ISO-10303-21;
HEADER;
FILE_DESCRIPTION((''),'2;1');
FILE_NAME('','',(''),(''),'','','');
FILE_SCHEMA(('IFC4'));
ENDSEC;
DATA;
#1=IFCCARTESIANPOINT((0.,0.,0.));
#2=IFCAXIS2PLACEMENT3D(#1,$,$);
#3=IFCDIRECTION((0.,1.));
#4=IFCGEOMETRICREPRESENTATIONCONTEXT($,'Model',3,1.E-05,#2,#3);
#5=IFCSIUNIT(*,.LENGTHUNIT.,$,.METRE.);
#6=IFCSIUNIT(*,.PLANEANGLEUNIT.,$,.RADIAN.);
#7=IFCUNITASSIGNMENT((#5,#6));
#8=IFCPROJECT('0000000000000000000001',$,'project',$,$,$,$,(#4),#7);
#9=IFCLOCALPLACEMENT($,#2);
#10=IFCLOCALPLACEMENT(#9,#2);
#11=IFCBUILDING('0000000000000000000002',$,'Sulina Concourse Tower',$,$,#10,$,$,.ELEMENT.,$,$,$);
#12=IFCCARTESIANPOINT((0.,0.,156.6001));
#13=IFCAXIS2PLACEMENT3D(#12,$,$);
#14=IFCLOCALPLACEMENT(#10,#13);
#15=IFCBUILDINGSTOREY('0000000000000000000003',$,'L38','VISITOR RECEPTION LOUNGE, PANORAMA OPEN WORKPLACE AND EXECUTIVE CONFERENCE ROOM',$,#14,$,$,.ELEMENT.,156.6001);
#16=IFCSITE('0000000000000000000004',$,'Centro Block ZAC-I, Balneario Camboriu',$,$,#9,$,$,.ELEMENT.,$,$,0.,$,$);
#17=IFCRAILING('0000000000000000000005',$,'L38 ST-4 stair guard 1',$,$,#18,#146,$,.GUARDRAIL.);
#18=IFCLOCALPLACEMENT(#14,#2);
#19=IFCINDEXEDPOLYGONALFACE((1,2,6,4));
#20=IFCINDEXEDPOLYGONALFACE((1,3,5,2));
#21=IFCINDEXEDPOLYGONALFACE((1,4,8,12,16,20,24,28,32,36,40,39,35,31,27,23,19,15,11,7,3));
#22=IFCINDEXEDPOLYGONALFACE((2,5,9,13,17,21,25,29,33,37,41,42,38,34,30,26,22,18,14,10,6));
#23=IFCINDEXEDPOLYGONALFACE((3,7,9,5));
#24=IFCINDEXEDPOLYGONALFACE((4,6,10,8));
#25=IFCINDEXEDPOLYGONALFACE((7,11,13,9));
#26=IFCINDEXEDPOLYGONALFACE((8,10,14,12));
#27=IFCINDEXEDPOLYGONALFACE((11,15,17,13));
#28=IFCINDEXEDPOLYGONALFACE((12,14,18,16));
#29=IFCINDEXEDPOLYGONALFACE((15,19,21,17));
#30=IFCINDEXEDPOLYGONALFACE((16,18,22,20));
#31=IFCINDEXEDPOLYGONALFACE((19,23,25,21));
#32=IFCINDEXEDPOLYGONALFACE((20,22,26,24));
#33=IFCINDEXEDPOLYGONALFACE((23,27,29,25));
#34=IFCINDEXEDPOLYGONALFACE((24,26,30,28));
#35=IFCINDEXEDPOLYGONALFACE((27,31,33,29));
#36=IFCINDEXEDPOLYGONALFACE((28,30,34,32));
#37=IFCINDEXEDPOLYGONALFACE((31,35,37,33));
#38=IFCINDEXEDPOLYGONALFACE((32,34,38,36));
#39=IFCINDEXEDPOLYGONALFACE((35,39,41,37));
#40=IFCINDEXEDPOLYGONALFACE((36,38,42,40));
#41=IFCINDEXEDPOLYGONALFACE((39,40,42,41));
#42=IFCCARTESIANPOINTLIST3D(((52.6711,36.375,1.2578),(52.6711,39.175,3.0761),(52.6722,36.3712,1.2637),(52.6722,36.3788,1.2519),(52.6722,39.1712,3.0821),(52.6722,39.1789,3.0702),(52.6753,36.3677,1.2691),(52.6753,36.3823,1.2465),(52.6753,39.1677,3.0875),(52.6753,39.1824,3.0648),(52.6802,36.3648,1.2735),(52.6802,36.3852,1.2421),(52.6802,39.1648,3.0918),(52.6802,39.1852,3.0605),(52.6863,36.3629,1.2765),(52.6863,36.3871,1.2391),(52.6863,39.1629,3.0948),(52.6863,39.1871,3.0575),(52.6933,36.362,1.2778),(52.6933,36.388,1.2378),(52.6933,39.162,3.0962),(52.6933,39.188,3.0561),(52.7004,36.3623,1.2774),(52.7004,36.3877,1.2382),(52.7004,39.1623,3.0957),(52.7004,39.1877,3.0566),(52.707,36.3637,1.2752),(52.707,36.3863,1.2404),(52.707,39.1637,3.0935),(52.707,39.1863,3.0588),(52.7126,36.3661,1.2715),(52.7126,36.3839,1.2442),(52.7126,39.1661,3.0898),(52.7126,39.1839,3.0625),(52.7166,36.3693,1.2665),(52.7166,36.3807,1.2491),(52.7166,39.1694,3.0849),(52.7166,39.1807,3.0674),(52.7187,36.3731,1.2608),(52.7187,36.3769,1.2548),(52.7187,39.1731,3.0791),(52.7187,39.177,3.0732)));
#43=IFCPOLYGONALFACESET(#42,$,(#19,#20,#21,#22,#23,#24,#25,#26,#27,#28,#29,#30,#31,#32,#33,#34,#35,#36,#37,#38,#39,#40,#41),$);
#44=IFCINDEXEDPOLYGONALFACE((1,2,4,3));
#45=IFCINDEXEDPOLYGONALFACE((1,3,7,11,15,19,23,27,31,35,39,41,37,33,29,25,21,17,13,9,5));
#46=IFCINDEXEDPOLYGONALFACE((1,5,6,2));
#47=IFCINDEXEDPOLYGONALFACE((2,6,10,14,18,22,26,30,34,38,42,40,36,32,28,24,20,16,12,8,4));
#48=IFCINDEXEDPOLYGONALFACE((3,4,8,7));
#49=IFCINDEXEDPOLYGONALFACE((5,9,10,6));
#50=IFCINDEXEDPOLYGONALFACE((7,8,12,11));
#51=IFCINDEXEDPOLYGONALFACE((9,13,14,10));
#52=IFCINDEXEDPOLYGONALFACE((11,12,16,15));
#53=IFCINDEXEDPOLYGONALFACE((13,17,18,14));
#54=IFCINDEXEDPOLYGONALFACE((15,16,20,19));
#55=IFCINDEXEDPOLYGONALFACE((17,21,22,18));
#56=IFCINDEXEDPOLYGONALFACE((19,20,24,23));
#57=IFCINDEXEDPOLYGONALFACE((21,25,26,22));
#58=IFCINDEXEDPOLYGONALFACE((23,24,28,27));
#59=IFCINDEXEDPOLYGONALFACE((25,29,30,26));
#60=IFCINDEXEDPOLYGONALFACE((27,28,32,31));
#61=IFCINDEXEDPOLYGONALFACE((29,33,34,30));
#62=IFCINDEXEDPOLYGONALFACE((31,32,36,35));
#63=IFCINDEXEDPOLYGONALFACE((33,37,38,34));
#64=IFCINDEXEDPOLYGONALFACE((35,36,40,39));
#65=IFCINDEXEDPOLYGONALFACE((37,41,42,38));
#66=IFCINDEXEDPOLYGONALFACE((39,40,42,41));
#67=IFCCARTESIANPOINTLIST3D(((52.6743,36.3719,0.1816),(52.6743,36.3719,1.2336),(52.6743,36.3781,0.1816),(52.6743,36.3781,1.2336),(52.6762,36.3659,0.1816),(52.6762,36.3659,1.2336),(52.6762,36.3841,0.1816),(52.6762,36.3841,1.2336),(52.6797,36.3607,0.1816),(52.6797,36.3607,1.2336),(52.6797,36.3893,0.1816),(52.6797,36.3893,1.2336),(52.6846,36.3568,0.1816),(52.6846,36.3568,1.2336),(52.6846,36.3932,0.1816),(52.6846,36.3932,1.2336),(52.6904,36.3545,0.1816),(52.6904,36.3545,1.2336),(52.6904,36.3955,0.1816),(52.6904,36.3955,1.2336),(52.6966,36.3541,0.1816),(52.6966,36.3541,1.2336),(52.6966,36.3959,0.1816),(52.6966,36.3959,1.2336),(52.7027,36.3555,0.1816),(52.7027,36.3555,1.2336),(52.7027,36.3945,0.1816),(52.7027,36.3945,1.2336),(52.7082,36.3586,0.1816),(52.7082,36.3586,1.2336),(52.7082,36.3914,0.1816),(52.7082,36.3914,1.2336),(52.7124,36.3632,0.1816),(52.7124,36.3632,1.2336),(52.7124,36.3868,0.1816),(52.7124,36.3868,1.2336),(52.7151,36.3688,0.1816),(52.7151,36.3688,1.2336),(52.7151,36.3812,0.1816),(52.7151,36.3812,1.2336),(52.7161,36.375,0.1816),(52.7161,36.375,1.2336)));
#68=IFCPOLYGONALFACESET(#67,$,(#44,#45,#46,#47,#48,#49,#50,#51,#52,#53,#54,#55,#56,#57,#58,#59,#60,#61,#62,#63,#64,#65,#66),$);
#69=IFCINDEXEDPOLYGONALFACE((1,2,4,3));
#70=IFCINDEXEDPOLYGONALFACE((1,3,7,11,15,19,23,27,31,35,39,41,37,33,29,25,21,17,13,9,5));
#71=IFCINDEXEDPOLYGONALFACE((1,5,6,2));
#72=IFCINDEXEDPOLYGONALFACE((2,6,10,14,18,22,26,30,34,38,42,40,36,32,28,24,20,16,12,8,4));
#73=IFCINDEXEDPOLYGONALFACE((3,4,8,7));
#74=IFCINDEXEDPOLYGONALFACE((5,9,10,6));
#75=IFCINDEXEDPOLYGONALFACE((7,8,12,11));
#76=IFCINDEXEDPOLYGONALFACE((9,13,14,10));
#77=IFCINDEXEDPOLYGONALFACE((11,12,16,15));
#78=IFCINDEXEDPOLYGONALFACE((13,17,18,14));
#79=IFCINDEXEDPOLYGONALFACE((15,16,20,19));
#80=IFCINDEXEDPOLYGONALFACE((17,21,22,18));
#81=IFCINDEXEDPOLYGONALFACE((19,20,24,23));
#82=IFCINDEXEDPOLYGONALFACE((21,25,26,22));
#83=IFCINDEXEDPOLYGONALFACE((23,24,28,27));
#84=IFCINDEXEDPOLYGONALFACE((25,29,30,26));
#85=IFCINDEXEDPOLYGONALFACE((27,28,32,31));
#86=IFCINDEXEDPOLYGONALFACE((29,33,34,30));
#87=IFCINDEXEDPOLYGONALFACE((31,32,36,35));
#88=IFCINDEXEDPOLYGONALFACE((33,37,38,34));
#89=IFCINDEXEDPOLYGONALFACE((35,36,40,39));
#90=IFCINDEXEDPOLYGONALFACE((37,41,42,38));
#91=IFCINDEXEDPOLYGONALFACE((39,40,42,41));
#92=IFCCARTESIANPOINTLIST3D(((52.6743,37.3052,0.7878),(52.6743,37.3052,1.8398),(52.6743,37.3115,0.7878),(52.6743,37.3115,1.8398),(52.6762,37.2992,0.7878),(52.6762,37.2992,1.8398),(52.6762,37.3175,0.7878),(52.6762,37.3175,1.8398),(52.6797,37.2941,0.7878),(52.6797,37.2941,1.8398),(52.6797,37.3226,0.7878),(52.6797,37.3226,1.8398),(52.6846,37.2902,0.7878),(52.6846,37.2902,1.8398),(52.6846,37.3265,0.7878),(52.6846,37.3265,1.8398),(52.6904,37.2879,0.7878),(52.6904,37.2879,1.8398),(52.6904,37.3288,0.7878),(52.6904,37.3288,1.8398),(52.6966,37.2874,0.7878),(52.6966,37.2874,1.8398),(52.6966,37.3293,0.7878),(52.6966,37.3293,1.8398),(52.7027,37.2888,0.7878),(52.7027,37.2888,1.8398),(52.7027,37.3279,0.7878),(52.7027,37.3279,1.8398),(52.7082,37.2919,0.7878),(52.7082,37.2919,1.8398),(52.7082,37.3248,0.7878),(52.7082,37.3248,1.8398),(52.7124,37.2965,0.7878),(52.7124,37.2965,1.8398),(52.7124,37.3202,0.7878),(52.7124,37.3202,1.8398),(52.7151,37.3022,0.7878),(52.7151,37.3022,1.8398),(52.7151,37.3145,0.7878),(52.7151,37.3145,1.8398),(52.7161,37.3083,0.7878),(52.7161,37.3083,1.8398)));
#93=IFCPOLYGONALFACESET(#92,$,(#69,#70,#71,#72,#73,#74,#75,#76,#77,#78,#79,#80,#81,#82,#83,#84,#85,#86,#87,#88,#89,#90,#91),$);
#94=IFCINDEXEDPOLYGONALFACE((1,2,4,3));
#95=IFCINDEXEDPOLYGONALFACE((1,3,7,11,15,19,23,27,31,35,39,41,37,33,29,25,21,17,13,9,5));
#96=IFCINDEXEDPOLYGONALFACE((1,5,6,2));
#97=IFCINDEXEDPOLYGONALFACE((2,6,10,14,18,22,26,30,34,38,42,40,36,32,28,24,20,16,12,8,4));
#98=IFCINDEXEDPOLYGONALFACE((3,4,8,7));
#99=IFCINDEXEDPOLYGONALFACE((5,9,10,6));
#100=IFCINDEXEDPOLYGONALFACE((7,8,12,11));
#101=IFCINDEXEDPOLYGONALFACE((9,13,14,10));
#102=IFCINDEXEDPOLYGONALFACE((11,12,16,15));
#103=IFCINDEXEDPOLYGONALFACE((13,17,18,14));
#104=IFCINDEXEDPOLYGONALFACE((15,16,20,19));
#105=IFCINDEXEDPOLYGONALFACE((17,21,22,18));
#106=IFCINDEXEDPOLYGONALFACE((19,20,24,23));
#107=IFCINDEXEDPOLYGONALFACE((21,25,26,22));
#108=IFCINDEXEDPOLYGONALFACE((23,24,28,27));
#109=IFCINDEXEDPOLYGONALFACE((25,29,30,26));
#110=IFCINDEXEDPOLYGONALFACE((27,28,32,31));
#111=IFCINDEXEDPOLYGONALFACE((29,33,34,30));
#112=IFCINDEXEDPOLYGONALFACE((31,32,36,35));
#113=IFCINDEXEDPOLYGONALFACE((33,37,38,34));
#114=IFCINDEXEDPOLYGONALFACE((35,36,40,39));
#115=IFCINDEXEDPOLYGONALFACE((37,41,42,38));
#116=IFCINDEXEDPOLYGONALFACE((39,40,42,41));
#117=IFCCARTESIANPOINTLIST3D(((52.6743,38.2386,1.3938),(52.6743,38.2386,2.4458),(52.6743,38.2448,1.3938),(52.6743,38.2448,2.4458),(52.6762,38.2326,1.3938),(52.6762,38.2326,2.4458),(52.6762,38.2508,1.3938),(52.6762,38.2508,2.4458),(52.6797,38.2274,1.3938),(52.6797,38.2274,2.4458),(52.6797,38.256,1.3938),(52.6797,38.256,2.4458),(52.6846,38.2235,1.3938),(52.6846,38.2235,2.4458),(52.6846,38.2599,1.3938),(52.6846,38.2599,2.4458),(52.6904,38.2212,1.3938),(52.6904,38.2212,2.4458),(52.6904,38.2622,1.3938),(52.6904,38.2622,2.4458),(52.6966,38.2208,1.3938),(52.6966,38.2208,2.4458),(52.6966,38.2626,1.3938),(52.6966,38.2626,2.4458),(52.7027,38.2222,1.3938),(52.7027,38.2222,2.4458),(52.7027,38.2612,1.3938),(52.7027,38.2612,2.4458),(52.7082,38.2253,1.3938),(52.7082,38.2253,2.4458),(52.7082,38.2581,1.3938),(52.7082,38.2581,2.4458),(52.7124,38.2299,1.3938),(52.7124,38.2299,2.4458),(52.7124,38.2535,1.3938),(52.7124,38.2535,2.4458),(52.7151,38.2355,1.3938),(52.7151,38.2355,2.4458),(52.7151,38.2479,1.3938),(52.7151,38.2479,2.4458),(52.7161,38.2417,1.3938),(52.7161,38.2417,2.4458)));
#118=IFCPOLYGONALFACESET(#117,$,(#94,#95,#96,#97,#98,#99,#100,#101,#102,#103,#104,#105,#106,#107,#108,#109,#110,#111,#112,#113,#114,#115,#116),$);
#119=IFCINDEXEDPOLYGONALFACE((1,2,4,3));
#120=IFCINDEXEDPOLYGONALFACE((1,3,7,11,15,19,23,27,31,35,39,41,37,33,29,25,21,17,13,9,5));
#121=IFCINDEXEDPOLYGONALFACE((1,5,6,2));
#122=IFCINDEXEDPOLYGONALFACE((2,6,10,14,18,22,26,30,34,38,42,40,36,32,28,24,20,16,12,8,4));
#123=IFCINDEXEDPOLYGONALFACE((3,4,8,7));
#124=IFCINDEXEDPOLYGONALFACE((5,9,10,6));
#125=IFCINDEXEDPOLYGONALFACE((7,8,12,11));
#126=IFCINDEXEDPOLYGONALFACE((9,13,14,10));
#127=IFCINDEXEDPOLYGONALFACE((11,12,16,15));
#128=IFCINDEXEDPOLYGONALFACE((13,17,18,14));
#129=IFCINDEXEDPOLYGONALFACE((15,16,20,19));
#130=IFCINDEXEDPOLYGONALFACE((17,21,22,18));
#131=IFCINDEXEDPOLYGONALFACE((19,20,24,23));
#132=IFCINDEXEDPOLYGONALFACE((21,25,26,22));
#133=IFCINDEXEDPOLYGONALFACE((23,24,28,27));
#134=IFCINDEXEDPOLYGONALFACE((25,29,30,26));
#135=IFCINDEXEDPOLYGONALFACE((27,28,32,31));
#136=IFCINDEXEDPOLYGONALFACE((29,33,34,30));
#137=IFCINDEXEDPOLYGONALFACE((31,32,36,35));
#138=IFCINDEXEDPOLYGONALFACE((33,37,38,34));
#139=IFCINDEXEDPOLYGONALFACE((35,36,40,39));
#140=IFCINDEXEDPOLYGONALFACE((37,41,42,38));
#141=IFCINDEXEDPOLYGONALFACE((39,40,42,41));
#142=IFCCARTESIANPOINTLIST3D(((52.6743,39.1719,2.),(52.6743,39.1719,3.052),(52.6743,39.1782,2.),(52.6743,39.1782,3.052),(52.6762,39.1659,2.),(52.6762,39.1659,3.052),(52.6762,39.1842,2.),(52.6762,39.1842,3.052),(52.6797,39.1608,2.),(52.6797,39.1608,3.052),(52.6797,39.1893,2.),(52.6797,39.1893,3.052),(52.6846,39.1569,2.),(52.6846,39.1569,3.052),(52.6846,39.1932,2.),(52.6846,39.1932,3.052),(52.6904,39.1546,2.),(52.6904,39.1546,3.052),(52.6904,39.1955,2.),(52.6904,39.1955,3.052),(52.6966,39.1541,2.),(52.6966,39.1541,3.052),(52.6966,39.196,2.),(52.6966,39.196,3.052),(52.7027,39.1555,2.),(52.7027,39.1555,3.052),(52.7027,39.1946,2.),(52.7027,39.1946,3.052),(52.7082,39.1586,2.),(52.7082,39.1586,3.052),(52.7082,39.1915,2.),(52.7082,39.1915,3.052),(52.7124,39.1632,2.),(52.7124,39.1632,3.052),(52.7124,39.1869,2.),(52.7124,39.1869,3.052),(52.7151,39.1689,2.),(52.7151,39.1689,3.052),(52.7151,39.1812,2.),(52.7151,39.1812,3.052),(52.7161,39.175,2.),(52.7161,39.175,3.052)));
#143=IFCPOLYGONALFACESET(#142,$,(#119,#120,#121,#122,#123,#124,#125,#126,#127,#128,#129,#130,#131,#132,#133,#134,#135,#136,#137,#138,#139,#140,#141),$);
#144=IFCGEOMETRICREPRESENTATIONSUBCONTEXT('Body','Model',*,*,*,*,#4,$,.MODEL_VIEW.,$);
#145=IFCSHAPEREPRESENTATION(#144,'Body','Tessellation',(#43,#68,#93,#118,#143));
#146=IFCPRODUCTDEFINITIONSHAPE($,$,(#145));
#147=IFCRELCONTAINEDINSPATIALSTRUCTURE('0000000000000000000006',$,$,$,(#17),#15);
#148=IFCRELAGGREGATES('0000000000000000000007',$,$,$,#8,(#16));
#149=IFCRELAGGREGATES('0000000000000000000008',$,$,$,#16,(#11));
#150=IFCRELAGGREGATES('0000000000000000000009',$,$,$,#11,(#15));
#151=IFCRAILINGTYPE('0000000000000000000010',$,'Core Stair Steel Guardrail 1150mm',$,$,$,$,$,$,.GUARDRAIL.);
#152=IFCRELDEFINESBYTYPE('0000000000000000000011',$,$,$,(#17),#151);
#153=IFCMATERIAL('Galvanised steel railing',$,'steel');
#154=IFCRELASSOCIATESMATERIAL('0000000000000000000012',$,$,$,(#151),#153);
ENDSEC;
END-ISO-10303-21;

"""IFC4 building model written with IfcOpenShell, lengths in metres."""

from ifc_helpers import new_model, si_unit, direction, frame, origin, origin_2d, place, context, subcontext, project, spatial, circle, extrude, material, type_object, element, save


model = new_model("IFC4")

# Units and contexts
model_context = context("Model", 3, precision=1e-05, world=origin(), true_north=direction((0.0, 1.0)))
body_context = subcontext(model_context, "Body", "Model", "MODEL_VIEW")
ifc_project = project(units=[si_unit("LENGTHUNIT", "METRE"), si_unit("PLANEANGLEUNIT", "RADIAN")], contexts=[model_context])

# Site, building, storey
site_placement = place(None, origin())
site = spatial("IfcSite", under=ifc_project, at=site_placement, Name="Centro Block ZAC-I, Balneario Camboriu", CompositionType="ELEMENT", RefElevation=0.0)
building_placement = place(site_placement, origin())
building = spatial("IfcBuilding", under=site, at=building_placement, Name="Sulina Concourse Tower", CompositionType="ELEMENT")
storey_placement = place(building_placement, frame((0.0, 0.0, 156.6001)))
storey = spatial("IfcBuildingStorey", under=building, at=storey_placement, Name="L38", Description="VISITOR RECEPTION LOUNGE, PANORAMA OPEN WORKPLACE AND EXECUTIVE CONFERENCE ROOM", CompositionType="ELEMENT", Elevation=156.6001)

# Railing
ifc_material_1 = material(Name="Galvanised steel railing", Category="steel")
railing_type_1 = type_object("IfcRailingType", Name="Core Stair Steel Guardrail 1150mm", PredefinedType="GUARDRAIL", material=ifc_material_1)
railing_1_placement = place(storey_placement, frame((52.6951, 36.375, 0.1816)))
element("IfcRailing", 1, at=railing_1_placement, inside=storey, type_object=railing_type_1, Name="L38 ST-4 stair guard 1", PredefinedType="GUARDRAIL", context=body_context, shape_type="SweptSolid", body=[
    extrude(circle(Radius=0.0239, at=origin_2d()), frame((0.0, 0.0, 1.0762), z_axis=(0.0, 0.838672, 0.544636), x_axis=(-1.0, 0.0, 0.0)), (0.0, 0.0, 1.0), 3.3386),
    extrude(circle(Radius=0.021, at=origin_2d()), origin(), (0.0, 0.0, 1.0), 1.052),
    extrude(circle(Radius=0.021, at=origin_2d()), frame((0.0, 0.9333, 0.6062)), (0.0, 0.0, 1.0), 1.052),
    extrude(circle(Radius=0.021, at=origin_2d()), frame((0.0, 1.8667, 1.2122)), (0.0, 0.0, 1.0), 1.052),
    extrude(circle(Radius=0.021, at=origin_2d()), frame((0.0, 2.8, 1.8184)), (0.0, 0.0, 1.0), 1.052),
])

save(model, "model.ifc")
